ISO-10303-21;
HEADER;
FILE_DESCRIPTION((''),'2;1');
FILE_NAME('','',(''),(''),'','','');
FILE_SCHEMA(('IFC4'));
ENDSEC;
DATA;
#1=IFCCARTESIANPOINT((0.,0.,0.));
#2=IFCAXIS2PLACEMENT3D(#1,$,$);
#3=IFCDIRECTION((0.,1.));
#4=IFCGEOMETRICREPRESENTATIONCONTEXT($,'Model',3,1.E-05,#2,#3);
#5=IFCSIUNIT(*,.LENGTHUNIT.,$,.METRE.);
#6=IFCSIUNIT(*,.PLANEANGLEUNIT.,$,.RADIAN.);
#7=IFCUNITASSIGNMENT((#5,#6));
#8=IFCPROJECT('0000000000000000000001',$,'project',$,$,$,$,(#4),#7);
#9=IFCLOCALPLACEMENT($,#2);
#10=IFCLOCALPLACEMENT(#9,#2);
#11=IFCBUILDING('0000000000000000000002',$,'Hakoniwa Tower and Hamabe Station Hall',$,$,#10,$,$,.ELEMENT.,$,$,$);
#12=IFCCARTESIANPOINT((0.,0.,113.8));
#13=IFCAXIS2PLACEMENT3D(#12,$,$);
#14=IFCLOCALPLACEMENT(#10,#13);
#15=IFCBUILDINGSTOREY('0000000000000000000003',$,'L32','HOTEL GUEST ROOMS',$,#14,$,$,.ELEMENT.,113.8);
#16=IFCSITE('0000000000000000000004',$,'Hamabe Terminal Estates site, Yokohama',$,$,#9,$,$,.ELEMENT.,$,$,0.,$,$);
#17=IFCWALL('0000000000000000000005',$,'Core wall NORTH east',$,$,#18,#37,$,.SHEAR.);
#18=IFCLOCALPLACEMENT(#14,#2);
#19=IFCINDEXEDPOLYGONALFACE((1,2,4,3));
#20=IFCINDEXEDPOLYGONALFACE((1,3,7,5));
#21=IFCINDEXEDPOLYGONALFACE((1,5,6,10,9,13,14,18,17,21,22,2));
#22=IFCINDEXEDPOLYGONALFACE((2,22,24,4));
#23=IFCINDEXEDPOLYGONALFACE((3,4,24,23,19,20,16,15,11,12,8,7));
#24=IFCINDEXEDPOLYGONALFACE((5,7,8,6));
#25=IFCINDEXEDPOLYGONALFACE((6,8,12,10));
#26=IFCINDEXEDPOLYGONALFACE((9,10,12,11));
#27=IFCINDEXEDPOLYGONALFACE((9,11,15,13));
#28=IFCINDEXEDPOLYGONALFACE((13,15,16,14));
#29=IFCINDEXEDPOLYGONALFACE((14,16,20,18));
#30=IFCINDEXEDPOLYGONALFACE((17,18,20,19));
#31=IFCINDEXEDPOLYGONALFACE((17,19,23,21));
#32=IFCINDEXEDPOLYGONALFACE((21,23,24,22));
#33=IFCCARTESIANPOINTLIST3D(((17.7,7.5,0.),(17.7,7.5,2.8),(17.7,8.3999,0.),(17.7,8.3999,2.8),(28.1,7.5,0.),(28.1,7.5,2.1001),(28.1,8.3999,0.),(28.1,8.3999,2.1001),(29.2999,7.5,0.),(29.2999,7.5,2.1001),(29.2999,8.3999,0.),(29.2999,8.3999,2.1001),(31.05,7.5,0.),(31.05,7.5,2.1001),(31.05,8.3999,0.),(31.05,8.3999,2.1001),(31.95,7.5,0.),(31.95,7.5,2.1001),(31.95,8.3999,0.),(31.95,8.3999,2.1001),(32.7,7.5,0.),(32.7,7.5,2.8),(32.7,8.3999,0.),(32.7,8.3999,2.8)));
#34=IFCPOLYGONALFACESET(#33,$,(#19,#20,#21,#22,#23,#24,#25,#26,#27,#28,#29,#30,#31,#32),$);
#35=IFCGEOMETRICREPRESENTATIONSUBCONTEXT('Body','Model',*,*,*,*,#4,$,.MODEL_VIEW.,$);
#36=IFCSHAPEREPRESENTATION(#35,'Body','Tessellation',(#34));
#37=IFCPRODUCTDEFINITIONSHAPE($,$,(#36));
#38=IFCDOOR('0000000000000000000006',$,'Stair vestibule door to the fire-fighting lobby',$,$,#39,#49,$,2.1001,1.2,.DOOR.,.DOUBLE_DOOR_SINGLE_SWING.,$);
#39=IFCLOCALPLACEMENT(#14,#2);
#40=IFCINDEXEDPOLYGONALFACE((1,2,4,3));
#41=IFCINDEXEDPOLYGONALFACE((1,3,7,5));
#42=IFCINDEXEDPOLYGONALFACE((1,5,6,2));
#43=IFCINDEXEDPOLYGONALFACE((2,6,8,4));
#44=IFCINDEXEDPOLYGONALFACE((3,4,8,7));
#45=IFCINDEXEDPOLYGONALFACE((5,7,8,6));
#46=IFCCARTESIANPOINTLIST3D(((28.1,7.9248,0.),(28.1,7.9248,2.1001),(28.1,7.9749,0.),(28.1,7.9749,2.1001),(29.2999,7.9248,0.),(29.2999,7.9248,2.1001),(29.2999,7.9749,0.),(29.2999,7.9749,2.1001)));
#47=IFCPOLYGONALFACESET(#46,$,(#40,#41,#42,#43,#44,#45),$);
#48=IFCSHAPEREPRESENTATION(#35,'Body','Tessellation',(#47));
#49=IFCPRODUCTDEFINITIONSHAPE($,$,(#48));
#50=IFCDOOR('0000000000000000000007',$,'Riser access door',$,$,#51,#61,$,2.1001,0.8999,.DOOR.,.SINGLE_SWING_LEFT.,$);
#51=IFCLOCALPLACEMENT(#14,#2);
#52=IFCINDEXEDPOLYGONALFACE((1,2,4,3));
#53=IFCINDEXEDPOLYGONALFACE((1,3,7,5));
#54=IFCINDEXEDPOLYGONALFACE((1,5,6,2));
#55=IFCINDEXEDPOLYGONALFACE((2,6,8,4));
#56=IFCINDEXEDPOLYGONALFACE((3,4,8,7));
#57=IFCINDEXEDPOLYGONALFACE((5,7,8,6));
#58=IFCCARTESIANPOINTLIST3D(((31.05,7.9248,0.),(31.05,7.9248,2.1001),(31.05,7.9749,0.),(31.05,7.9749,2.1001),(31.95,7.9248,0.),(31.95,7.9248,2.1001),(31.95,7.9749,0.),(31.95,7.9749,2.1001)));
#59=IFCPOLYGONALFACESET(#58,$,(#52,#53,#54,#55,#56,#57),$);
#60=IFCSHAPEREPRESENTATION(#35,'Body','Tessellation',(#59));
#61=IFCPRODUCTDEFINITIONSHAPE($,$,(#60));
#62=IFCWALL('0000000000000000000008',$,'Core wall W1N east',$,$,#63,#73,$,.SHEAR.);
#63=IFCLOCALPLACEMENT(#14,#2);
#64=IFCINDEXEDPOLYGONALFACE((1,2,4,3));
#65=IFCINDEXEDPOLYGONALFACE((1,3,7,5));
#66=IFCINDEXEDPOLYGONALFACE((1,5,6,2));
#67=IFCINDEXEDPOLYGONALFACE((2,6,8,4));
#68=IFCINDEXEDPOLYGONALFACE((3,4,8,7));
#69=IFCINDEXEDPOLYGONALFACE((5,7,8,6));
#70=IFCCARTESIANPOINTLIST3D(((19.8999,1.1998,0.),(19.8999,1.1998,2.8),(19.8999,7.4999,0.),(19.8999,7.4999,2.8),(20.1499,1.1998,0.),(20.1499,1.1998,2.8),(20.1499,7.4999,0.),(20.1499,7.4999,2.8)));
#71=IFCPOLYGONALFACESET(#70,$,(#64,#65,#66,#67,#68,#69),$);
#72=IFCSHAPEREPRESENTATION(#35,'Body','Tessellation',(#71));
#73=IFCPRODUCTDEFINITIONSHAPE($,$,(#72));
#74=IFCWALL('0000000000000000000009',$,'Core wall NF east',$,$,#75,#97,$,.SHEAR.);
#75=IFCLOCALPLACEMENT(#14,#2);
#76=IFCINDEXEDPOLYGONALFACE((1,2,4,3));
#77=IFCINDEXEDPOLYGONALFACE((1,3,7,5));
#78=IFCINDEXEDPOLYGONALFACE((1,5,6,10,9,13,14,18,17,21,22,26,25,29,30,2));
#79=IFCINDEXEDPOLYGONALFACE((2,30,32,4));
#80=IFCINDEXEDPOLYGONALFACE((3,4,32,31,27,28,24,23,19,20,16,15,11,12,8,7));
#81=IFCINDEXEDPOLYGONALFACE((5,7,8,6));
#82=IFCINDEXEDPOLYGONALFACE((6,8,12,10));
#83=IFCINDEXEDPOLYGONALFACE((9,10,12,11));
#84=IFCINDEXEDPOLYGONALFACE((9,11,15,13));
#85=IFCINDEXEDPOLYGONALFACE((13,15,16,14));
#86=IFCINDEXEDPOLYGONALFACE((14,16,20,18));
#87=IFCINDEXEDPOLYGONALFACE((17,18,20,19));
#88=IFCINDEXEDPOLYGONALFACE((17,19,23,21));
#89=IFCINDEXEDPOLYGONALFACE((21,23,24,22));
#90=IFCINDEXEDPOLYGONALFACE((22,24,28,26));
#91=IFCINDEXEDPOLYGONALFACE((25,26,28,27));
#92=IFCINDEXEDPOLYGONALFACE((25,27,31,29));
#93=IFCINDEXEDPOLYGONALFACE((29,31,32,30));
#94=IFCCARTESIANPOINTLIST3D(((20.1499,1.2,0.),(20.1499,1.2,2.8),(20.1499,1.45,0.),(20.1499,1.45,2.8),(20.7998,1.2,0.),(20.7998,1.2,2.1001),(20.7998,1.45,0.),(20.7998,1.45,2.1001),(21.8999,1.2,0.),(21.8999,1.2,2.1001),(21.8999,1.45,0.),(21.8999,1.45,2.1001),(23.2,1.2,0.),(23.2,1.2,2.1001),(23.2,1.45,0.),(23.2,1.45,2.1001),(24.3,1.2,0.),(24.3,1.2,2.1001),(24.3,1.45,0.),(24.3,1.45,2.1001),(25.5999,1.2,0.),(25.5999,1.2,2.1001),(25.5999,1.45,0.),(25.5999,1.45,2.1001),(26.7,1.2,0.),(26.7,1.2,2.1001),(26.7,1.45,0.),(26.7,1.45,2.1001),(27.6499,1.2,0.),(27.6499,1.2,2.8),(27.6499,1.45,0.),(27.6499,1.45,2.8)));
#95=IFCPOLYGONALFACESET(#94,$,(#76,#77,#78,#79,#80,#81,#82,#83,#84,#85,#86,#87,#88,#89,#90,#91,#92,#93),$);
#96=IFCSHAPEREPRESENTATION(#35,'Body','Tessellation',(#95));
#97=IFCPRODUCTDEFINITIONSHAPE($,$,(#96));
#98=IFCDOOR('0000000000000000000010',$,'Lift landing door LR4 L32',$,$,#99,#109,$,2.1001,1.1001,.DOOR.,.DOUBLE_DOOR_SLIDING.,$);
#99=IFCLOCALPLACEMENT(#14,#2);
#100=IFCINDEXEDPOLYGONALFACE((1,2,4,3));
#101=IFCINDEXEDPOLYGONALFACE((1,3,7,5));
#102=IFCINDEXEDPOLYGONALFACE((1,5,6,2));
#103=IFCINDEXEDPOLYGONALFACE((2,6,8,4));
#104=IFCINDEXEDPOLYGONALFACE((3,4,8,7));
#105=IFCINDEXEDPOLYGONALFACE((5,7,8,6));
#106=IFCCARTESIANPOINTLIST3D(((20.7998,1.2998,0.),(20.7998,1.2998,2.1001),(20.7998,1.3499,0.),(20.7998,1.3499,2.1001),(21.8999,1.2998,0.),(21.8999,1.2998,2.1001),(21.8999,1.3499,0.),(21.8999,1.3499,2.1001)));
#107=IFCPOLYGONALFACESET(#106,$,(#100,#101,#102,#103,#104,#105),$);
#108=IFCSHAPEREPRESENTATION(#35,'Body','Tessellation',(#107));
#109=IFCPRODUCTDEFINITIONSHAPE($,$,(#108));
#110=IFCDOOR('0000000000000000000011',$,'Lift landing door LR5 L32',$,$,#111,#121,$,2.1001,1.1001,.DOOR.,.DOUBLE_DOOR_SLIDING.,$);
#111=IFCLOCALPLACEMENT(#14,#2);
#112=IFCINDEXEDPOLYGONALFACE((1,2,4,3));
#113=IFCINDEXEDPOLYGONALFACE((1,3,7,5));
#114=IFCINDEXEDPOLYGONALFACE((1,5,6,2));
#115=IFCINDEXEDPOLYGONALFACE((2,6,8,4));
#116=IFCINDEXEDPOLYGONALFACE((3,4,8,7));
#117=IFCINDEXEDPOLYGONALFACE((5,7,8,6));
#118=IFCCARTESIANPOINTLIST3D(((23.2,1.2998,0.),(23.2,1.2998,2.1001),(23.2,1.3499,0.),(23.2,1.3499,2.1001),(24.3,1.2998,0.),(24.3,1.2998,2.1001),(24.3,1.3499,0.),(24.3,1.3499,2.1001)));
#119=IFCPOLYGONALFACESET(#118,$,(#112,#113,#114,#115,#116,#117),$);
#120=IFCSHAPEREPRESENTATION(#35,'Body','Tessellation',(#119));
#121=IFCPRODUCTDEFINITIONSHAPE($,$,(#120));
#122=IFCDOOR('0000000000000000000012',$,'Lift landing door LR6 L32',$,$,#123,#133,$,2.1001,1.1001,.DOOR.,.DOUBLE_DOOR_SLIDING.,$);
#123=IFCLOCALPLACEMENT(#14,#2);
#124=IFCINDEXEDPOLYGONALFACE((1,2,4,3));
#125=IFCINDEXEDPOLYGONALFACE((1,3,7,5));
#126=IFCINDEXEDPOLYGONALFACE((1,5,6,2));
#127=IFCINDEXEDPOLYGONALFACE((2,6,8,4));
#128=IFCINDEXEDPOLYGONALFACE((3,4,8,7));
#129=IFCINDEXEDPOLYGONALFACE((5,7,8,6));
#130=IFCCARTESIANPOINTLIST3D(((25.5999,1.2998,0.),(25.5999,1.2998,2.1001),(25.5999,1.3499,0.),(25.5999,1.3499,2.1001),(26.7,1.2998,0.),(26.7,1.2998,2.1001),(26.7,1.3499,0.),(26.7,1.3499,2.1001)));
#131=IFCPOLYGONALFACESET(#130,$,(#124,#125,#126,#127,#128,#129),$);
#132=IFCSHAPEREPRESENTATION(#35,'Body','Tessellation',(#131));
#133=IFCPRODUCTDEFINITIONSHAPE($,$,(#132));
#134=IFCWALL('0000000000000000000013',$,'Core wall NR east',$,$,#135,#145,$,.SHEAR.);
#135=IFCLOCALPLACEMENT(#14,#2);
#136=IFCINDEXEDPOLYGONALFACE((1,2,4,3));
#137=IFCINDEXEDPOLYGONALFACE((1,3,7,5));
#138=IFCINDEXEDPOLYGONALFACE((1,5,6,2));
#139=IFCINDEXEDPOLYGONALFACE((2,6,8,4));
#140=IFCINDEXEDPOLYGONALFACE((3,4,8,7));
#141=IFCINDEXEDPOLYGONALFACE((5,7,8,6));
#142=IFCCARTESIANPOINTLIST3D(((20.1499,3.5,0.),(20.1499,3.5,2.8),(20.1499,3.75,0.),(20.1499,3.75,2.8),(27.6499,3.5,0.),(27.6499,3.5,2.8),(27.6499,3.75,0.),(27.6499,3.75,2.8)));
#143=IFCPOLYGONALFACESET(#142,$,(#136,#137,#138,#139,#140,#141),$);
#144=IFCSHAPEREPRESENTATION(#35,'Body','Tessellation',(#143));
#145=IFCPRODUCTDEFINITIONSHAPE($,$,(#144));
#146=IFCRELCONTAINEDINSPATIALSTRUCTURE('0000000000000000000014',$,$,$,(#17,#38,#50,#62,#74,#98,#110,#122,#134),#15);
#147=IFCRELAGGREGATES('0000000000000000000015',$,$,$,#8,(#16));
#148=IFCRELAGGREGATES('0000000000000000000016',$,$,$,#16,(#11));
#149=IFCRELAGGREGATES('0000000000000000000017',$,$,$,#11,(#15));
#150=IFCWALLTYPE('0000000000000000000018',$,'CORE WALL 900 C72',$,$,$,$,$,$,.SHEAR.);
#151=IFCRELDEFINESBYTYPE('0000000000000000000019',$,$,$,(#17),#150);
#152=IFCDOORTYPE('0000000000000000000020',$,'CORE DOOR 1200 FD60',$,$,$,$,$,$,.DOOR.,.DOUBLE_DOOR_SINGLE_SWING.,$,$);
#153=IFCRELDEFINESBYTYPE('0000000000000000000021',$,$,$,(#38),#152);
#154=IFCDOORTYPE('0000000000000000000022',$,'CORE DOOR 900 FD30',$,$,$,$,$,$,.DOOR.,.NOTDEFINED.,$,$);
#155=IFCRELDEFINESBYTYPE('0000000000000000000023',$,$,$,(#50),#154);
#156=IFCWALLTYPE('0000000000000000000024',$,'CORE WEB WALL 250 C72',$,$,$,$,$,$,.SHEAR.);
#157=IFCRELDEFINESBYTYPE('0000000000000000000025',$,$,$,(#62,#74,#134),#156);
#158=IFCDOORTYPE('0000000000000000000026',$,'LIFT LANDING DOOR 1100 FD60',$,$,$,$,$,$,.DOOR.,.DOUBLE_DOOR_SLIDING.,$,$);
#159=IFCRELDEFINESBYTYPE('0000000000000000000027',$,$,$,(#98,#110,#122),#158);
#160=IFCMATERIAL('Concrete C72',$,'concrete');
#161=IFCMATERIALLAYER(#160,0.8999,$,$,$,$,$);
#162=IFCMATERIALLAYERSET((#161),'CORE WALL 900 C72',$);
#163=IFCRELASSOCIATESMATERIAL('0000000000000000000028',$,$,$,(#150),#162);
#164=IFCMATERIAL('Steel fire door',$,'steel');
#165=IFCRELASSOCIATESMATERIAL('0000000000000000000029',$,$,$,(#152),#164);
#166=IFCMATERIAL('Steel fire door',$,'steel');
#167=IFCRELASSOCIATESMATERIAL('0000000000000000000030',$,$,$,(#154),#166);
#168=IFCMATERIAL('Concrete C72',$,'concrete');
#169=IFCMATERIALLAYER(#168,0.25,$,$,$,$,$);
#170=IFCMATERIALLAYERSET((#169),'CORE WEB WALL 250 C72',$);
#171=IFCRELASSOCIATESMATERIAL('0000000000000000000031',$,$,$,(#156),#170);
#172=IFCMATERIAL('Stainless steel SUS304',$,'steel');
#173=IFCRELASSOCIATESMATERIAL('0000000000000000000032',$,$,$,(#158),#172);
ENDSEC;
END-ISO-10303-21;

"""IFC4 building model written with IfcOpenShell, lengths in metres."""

from ifc_helpers import new_model, si_unit, direction, frame, frame_2d, origin, place, context, subcontext, project, spatial, rectangle, extrude, material, layer, layer_set, type_object, element, fill, save


model = new_model("IFC4")

# Units and contexts
model_context = context("Model", 3, precision=1e-05, world=origin(), true_north=direction((0.0, 1.0)))
body_context = subcontext(model_context, "Body", "Model", "MODEL_VIEW")
ifc_project = project(units=[si_unit("LENGTHUNIT", "METRE"), si_unit("PLANEANGLEUNIT", "RADIAN")], contexts=[model_context])

# Site, building, storey
site_placement = place(None, origin())
site = spatial("IfcSite", under=ifc_project, at=site_placement, Name="Hamabe Terminal Estates site, Yokohama", CompositionType="ELEMENT", RefElevation=0.0)
building_placement = place(site_placement, origin())
building = spatial("IfcBuilding", under=site, at=building_placement, Name="Hakoniwa Tower and Hamabe Station Hall", CompositionType="ELEMENT")
storey_placement = place(building_placement, frame((0.0, 0.0, 113.8)))
storey = spatial("IfcBuildingStorey", under=building, at=storey_placement, Name="L32", Description="HOTEL GUEST ROOMS", CompositionType="ELEMENT", Elevation=113.8)

# Wall, openings, doors
ifc_material_1 = material(Name="Concrete C72", Category="concrete")
ifc_layer_1 = layer(ifc_material_1, 0.8999)
ifc_layer_set_1 = layer_set([ifc_layer_1], Name="CORE WALL 900 C72")
wall_type_1 = type_object("IfcWallType", Name="CORE WALL 900 C72", PredefinedType="SHEAR", material=ifc_layer_set_1)
wall_1_placement = place(storey_placement, frame((17.7, 7.95, 0.0), z_axis=(0.0, 0.0, 1.0), x_axis=(1.0, 0.0, 0.0)))
wall_1 = element("IfcWall", 1, at=wall_1_placement, inside=storey, type_object=wall_type_1, Name="Core wall NORTH east", PredefinedType="SHEAR", context=body_context, shape_type="SweptSolid", body=[
    extrude(rectangle(XDim=15.0, YDim=0.8999, at=frame_2d((7.5, 0.0))), origin(), (0.0, 0.0, 1.0), 2.8),
])
opening_1_placement = place(wall_1_placement, frame((10.3999, 0.0, 0.0)))
opening_1 = element("IfcOpeningElement", 2, at=opening_1_placement, cuts=wall_1, PredefinedType="OPENING", context=body_context, shape_type="SweptSolid", body=[
    extrude(rectangle(XDim=1.2, YDim=2.1001, at=frame_2d((0.6001, 1.05))), frame((0.0, 0.46, 0.0), z_axis=(0.0, -1.0, 0.0), x_axis=(1.0, 0.0, 0.0)), (0.0, 0.0, 1.0), 0.9199),
])
opening_2_placement = place(wall_1_placement, frame((13.3501, 0.0, 0.0)))
opening_2 = element("IfcOpeningElement", 3, at=opening_2_placement, cuts=wall_1, PredefinedType="OPENING", context=body_context, shape_type="SweptSolid", body=[
    extrude(rectangle(XDim=0.8999, YDim=2.1001, at=frame_2d((0.45, 1.05))), frame((0.0, 0.46, 0.0), z_axis=(0.0, -1.0, 0.0), x_axis=(1.0, 0.0, 0.0)), (0.0, 0.0, 1.0), 0.9199),
])
ifc_material_2 = material(Name="Steel fire door", Category="steel")
door_type_1 = type_object("IfcDoorType", Name="CORE DOOR 1200 FD60", OperationType="DOUBLE_DOOR_SINGLE_SWING", PredefinedType="DOOR", material=ifc_material_2)
door_1_placement = place(opening_1_placement, origin())
door_1 = element("IfcDoor", 4, at=door_1_placement, inside=storey, type_object=door_type_1, Name="Stair vestibule door to the fire-fighting lobby", OperationType="DOUBLE_DOOR_SINGLE_SWING", OverallHeight=2.1001, OverallWidth=1.2, PredefinedType="DOOR", context=body_context, shape_type="SweptSolid", body=[
    extrude(rectangle(XDim=1.2, YDim=2.1001, at=frame_2d((0.6001, 1.05))), frame((0.0, 0.0249, 0.0), z_axis=(0.0, -1.0, 0.0), x_axis=(1.0, 0.0, 0.0)), (0.0, 0.0, 1.0), 0.05),
])
fill(opening_1, door_1)
ifc_material_3 = material(Name="Steel fire door", Category="steel")
door_type_2 = type_object("IfcDoorType", Name="CORE DOOR 900 FD30", OperationType="NOTDEFINED", PredefinedType="DOOR", material=ifc_material_3)
door_2_placement = place(opening_2_placement, origin())
door_2 = element("IfcDoor", 5, at=door_2_placement, inside=storey, type_object=door_type_2, Name="Riser access door", OperationType="SINGLE_SWING_LEFT", OverallHeight=2.1001, OverallWidth=0.8999, PredefinedType="DOOR", context=body_context, shape_type="SweptSolid", body=[
    extrude(rectangle(XDim=0.8999, YDim=2.1001, at=frame_2d((0.45, 1.05))), frame((0.0, 0.0249, 0.0), z_axis=(0.0, -1.0, 0.0), x_axis=(1.0, 0.0, 0.0)), (0.0, 0.0, 1.0), 0.05),
])
fill(opening_2, door_2)

# Wall
ifc_material_4 = material(Name="Concrete C72", Category="concrete")
ifc_layer_2 = layer(ifc_material_4, 0.25)
ifc_layer_set_2 = layer_set([ifc_layer_2], Name="CORE WEB WALL 250 C72")
wall_type_2 = type_object("IfcWallType", Name="CORE WEB WALL 250 C72", PredefinedType="SHEAR", material=ifc_layer_set_2)
wall_2_placement = place(storey_placement, frame((20.0249, 1.2, 0.0), z_axis=(0.0, 0.0, 1.0), x_axis=(0.0, 1.0, 0.0)))
element("IfcWall", 6, at=wall_2_placement, inside=storey, type_object=wall_type_2, Name="Core wall W1N east", PredefinedType="SHEAR", context=body_context, shape_type="SweptSolid", body=[
    extrude(rectangle(XDim=6.3, YDim=0.25, at=frame_2d((3.1499, 0.0))), origin(), (0.0, 0.0, 1.0), 2.8),
])

# Wall, openings, doors
wall_3_placement = place(storey_placement, frame((20.1499, 1.325, 0.0), z_axis=(0.0, 0.0, 1.0), x_axis=(1.0, 0.0, 0.0)))
wall_3 = element("IfcWall", 7, at=wall_3_placement, inside=storey, type_object=wall_type_2, Name="Core wall NF east", PredefinedType="SHEAR", context=body_context, shape_type="SweptSolid", body=[
    extrude(rectangle(XDim=7.5, YDim=0.25, at=frame_2d((3.75, 0.0))), origin(), (0.0, 0.0, 1.0), 2.8),
])
opening_3_placement = place(wall_3_placement, frame((0.6499, 0.0, 0.0)))
opening_3 = element("IfcOpeningElement", 8, at=opening_3_placement, cuts=wall_3, PredefinedType="OPENING", context=body_context, shape_type="SweptSolid", body=[
    extrude(rectangle(XDim=1.1001, YDim=2.1001, at=frame_2d((0.55, 1.05))), frame((0.0, 0.135, 0.0), z_axis=(0.0, -1.0, 0.0), x_axis=(1.0, 0.0, 0.0)), (0.0, 0.0, 1.0), 0.27),
])
opening_4_placement = place(wall_3_placement, frame((3.05, 0.0, 0.0)))
opening_4 = element("IfcOpeningElement", 9, at=opening_4_placement, cuts=wall_3, PredefinedType="OPENING", context=body_context, shape_type="SweptSolid", body=[
    extrude(rectangle(XDim=1.1001, YDim=2.1001, at=frame_2d((0.55, 1.05))), frame((0.0, 0.135, 0.0), z_axis=(0.0, -1.0, 0.0), x_axis=(1.0, 0.0, 0.0)), (0.0, 0.0, 1.0), 0.27),
])
opening_5_placement = place(wall_3_placement, frame((5.45, 0.0, 0.0)))
opening_5 = element("IfcOpeningElement", 10, at=opening_5_placement, cuts=wall_3, PredefinedType="OPENING", context=body_context, shape_type="SweptSolid", body=[
    extrude(rectangle(XDim=1.1001, YDim=2.1001, at=frame_2d((0.55, 1.05))), frame((0.0, 0.135, 0.0), z_axis=(0.0, -1.0, 0.0), x_axis=(1.0, 0.0, 0.0)), (0.0, 0.0, 1.0), 0.27),
])
ifc_material_5 = material(Name="Stainless steel SUS304", Category="steel")
door_type_3 = type_object("IfcDoorType", Name="LIFT LANDING DOOR 1100 FD60", OperationType="DOUBLE_DOOR_SLIDING", PredefinedType="DOOR", material=ifc_material_5)
door_3_placement = place(opening_3_placement, origin())
door_3 = element("IfcDoor", 11, at=door_3_placement, inside=storey, type_object=door_type_3, Name="Lift landing door LR4 L32", OperationType="DOUBLE_DOOR_SLIDING", OverallHeight=2.1001, OverallWidth=1.1001, PredefinedType="DOOR", context=body_context, shape_type="SweptSolid", body=[
    extrude(rectangle(XDim=1.1001, YDim=2.1001, at=frame_2d((0.55, 1.05))), frame((0.0, 0.0249, 0.0), z_axis=(0.0, -1.0, 0.0), x_axis=(1.0, 0.0, 0.0)), (0.0, 0.0, 1.0), 0.05),
])
fill(opening_3, door_3)
door_4_placement = place(opening_4_placement, origin())
door_4 = element("IfcDoor", 12, at=door_4_placement, inside=storey, type_object=door_type_3, Name="Lift landing door LR5 L32", OperationType="DOUBLE_DOOR_SLIDING", OverallHeight=2.1001, OverallWidth=1.1001, PredefinedType="DOOR", context=body_context, shape_type="SweptSolid", body=[
    extrude(rectangle(XDim=1.1001, YDim=2.1001, at=frame_2d((0.55, 1.05))), frame((0.0, 0.0249, 0.0), z_axis=(0.0, -1.0, 0.0), x_axis=(1.0, 0.0, 0.0)), (0.0, 0.0, 1.0), 0.05),
])
fill(opening_4, door_4)
door_5_placement = place(opening_5_placement, origin())
door_5 = element("IfcDoor", 13, at=door_5_placement, inside=storey, type_object=door_type_3, Name="Lift landing door LR6 L32", OperationType="DOUBLE_DOOR_SLIDING", OverallHeight=2.1001, OverallWidth=1.1001, PredefinedType="DOOR", context=body_context, shape_type="SweptSolid", body=[
    extrude(rectangle(XDim=1.1001, YDim=2.1001, at=frame_2d((0.55, 1.05))), frame((0.0, 0.0249, 0.0), z_axis=(0.0, -1.0, 0.0), x_axis=(1.0, 0.0, 0.0)), (0.0, 0.0, 1.0), 0.05),
])
fill(opening_5, door_5)

# Wall
wall_4_placement = place(storey_placement, frame((20.1499, 3.625, 0.0), z_axis=(0.0, 0.0, 1.0), x_axis=(1.0, 0.0, 0.0)))
element("IfcWall", 14, at=wall_4_placement, inside=storey, type_object=wall_type_2, Name="Core wall NR east", PredefinedType="SHEAR", context=body_context, shape_type="SweptSolid", body=[
    extrude(rectangle(XDim=7.5, YDim=0.25, at=frame_2d((3.75, 0.0))), origin(), (0.0, 0.0, 1.0), 2.8),
])

save(model, "model.ifc")
